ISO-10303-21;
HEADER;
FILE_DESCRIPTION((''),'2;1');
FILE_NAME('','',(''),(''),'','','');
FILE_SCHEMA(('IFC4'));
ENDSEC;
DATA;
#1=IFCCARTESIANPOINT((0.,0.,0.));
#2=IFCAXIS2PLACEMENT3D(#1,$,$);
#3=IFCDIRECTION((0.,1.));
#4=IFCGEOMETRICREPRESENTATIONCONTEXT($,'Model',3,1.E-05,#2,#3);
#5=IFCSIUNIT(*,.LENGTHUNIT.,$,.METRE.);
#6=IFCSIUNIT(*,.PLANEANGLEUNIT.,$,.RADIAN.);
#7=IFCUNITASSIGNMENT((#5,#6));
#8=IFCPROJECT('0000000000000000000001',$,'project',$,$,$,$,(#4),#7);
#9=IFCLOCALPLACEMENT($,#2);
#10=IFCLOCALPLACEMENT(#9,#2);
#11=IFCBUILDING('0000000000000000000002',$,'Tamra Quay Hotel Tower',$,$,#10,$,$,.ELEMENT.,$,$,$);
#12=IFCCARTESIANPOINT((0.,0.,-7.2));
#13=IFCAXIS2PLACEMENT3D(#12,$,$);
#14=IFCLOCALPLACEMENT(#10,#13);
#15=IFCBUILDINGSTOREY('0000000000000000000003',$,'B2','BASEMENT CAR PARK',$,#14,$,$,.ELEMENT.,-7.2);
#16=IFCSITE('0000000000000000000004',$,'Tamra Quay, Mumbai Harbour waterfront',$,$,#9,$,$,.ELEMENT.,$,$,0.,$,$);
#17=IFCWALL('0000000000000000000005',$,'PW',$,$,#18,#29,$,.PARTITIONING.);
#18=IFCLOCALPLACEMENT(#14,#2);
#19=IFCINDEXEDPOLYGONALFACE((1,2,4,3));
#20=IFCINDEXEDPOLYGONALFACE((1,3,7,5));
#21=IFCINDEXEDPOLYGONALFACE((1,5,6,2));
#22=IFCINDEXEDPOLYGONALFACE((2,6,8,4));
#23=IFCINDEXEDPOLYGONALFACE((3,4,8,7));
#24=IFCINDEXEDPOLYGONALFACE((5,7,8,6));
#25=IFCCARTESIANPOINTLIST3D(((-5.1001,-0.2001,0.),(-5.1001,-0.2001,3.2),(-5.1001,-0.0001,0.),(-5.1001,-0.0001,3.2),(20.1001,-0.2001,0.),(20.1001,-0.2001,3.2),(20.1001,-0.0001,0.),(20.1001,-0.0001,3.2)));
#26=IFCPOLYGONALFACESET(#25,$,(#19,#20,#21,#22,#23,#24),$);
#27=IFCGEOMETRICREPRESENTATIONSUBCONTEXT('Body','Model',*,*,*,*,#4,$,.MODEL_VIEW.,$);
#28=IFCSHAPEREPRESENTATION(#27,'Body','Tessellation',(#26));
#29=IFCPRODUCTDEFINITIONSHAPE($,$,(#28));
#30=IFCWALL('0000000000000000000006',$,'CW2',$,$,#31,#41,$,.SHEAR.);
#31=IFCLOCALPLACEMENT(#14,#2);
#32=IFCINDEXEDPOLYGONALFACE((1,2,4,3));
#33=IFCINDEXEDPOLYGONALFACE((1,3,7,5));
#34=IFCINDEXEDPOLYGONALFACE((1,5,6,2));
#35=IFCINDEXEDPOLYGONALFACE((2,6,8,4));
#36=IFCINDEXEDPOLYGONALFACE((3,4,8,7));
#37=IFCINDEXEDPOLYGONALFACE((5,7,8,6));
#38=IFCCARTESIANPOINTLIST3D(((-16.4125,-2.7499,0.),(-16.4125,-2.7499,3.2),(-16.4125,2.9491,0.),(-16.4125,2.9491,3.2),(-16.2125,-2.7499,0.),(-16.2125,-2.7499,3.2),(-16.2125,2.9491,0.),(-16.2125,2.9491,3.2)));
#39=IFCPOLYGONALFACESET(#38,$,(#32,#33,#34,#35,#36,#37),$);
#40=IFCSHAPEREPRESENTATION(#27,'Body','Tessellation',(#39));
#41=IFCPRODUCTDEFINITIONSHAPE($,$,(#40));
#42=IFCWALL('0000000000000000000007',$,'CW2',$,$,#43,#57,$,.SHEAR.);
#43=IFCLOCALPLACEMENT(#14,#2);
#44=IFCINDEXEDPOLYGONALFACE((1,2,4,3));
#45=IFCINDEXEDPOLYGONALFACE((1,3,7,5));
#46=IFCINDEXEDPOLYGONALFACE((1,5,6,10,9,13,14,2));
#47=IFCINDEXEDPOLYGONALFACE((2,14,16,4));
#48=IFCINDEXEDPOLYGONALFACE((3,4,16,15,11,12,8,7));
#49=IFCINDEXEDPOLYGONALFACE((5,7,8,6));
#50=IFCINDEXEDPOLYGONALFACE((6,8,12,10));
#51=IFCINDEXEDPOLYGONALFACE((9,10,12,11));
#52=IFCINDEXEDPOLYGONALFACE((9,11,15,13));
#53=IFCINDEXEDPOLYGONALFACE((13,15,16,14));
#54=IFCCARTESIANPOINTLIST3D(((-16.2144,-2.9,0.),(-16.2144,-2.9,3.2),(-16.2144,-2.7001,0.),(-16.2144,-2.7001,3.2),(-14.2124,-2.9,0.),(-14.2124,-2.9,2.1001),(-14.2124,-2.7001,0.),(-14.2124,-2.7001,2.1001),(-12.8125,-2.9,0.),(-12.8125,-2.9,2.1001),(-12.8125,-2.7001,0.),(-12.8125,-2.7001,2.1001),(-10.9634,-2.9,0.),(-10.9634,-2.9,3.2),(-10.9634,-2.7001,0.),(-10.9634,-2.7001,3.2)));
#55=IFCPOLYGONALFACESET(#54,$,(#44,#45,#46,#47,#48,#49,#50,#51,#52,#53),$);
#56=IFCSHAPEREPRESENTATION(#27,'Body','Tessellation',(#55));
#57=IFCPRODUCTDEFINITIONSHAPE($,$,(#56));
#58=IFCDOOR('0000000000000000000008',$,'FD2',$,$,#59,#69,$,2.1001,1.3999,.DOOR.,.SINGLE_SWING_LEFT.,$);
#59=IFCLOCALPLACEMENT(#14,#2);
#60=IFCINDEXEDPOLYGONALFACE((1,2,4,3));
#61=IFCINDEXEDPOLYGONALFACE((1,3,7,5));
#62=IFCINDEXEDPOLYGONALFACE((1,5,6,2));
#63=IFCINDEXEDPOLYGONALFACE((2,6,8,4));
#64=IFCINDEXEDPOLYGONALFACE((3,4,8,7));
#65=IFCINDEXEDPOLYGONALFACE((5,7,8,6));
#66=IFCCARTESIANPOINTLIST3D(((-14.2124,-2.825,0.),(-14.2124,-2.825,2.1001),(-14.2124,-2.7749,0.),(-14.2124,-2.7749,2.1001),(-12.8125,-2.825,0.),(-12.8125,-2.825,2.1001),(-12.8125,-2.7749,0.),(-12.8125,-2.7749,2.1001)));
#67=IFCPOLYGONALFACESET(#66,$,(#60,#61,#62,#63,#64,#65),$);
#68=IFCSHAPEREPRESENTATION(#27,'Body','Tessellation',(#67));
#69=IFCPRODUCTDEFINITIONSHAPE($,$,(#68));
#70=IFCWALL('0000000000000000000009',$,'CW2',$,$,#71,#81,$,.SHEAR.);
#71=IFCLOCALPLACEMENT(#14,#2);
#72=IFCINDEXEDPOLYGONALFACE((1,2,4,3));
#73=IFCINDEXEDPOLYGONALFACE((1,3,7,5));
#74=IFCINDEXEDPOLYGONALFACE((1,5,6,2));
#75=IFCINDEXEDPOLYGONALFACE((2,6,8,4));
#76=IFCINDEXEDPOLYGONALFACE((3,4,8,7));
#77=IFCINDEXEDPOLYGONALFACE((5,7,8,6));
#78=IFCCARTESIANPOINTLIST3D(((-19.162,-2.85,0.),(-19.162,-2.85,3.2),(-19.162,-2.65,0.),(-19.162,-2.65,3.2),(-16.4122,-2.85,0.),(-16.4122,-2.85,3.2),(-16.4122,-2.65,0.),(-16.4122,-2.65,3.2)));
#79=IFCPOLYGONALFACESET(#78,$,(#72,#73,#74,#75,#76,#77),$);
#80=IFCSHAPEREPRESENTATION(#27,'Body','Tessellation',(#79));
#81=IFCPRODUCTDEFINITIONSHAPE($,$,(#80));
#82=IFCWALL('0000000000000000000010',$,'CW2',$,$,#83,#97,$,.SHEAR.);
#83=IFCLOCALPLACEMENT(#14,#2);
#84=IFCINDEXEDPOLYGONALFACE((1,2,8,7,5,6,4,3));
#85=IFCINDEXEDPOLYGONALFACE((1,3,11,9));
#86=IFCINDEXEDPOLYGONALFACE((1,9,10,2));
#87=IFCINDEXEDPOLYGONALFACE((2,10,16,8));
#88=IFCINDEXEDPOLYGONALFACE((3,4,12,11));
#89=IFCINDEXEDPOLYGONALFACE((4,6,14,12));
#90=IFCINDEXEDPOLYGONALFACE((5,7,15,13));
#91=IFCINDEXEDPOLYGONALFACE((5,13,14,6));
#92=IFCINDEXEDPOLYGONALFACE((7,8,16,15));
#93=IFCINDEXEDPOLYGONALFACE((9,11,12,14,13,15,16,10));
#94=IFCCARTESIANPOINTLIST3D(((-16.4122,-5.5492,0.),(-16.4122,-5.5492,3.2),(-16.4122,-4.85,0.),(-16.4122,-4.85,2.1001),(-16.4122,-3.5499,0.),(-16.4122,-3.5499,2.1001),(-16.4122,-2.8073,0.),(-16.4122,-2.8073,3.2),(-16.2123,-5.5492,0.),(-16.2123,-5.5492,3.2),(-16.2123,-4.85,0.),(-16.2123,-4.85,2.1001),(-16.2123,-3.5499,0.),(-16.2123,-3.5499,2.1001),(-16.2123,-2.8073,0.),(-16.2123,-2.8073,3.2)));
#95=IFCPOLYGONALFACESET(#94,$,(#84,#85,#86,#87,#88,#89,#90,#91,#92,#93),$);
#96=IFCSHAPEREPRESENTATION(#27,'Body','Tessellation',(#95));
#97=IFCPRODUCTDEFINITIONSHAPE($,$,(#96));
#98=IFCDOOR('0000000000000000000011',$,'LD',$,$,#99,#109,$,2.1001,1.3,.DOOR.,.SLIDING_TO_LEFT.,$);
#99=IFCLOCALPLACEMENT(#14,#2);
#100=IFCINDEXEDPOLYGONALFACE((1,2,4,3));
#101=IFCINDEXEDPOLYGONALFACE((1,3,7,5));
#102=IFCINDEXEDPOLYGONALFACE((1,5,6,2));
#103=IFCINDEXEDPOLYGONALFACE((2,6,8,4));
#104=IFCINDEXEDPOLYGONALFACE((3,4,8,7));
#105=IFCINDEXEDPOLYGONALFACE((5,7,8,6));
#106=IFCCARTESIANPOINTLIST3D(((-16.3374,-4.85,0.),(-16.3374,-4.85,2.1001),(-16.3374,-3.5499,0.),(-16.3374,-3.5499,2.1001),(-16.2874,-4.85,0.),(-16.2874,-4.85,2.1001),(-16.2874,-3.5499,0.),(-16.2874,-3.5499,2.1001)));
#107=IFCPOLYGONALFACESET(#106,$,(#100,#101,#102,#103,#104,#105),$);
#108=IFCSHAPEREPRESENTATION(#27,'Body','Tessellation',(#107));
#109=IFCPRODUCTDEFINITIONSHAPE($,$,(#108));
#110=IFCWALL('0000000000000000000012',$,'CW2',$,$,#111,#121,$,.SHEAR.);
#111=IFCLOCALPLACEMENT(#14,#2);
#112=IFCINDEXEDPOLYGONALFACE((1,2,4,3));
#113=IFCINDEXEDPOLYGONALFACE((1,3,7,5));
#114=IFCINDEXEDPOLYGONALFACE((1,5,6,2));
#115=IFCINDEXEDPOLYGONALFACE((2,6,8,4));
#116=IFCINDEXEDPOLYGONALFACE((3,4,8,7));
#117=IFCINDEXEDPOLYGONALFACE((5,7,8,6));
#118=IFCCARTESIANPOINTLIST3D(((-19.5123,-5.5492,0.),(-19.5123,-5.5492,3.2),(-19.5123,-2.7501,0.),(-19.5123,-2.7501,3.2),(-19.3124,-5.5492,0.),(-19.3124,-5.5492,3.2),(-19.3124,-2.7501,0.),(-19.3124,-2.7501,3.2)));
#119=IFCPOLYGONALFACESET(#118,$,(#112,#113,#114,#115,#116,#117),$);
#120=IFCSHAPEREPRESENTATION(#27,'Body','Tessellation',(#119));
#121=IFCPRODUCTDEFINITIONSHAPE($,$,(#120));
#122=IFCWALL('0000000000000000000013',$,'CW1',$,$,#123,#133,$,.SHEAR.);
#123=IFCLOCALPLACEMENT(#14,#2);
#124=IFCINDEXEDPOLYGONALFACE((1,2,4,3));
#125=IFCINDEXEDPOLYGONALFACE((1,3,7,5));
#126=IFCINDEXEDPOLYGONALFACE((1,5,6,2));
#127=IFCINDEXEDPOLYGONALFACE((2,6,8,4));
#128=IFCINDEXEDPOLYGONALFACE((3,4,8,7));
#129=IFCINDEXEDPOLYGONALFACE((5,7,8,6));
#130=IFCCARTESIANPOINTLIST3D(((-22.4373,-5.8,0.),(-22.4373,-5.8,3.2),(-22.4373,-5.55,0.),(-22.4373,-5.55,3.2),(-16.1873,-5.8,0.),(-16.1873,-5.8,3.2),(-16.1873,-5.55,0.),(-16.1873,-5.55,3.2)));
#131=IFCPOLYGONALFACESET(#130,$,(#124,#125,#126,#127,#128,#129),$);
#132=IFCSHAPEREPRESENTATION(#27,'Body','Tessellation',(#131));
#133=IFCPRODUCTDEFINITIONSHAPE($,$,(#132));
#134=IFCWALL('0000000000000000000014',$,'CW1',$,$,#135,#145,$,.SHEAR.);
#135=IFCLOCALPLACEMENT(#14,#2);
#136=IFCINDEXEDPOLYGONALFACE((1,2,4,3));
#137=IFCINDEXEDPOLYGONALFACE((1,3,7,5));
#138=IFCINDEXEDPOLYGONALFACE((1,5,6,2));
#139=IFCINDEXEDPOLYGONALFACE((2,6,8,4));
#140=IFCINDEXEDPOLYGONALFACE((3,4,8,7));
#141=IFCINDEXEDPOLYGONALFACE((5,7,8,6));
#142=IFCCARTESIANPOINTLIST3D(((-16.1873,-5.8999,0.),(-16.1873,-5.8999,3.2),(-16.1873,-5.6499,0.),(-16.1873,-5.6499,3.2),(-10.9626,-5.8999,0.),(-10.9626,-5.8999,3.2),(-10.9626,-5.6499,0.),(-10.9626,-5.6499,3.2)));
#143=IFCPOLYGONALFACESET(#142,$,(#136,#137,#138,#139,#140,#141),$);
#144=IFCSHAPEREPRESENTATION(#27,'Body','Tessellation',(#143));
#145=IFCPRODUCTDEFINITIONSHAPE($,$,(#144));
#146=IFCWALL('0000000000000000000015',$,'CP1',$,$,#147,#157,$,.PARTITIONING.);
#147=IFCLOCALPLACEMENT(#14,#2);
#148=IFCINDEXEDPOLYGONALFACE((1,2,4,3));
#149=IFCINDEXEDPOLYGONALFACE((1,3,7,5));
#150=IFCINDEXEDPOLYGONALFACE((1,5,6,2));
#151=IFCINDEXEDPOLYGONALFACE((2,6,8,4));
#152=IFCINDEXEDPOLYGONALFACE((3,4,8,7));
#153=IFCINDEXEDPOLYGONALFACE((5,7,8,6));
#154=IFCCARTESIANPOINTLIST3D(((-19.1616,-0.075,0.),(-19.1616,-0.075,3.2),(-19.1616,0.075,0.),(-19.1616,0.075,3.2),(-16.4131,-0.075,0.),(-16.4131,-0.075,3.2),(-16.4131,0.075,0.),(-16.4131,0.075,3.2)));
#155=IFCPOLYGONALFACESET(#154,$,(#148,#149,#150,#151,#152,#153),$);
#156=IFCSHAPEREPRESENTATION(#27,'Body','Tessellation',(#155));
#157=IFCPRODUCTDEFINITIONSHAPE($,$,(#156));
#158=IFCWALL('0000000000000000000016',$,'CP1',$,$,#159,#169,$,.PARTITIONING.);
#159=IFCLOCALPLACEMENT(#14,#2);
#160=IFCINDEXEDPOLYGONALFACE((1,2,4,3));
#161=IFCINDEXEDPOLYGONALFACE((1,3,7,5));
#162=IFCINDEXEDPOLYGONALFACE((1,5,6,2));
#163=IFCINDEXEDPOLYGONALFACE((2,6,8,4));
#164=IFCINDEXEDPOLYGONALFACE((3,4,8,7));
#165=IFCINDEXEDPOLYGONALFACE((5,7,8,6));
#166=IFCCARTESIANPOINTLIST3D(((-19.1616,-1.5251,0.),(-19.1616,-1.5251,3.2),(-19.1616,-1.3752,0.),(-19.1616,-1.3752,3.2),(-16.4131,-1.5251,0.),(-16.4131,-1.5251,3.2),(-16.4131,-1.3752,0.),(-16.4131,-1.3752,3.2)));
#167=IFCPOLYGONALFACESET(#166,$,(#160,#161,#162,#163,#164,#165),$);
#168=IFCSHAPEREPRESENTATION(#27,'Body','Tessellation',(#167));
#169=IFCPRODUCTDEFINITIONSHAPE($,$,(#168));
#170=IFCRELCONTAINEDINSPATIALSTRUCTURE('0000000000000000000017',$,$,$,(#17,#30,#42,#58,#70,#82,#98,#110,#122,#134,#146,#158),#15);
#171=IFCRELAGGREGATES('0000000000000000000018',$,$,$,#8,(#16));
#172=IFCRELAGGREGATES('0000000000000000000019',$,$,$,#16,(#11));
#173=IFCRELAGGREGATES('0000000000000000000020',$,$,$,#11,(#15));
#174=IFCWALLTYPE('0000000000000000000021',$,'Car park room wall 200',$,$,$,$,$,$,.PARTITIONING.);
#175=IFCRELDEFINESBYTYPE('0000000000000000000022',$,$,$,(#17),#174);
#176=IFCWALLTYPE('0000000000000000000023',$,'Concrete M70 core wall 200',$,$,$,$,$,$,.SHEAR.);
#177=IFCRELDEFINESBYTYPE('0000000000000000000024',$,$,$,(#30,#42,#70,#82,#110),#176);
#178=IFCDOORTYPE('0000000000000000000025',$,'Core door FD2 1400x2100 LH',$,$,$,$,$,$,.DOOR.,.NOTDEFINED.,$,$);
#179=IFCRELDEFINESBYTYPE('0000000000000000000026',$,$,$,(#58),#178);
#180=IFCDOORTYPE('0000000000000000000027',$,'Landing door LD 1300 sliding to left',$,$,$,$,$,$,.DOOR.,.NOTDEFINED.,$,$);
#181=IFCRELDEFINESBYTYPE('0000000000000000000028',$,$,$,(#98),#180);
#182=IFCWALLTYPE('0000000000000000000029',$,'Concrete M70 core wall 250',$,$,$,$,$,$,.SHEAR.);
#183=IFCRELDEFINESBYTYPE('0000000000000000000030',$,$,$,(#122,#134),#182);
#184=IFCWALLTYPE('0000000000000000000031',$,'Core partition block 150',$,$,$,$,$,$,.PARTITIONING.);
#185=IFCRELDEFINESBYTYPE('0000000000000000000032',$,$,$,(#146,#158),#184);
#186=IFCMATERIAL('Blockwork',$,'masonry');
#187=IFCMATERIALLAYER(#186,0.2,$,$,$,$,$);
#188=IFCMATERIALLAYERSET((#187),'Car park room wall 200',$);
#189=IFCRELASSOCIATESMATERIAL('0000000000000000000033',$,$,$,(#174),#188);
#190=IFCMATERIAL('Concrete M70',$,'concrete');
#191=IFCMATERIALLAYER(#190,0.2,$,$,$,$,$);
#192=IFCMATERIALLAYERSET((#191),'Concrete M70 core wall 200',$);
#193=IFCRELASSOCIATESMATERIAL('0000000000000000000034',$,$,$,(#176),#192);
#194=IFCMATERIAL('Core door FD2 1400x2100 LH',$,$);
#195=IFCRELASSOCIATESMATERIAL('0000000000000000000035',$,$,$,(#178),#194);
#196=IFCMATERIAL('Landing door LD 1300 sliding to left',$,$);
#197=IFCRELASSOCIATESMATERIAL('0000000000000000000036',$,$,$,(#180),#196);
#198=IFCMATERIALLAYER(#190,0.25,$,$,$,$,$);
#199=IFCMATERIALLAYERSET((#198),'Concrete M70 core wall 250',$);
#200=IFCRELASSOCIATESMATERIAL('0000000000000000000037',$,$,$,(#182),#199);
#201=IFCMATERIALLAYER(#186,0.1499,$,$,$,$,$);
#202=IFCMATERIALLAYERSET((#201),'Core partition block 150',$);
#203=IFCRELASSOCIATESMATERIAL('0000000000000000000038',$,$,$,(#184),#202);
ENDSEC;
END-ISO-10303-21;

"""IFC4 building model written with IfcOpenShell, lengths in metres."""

from ifc_helpers import new_model, si_unit, direction, frame, frame_2d, origin, place, context, subcontext, project, spatial, rectangle, extrude, material, layer, layer_set, type_object, element, fill, save


model = new_model("IFC4")

# Units and contexts
model_context = context("Model", 3, precision=1e-05, world=origin(), true_north=direction((0.0, 1.0)))
body_context = subcontext(model_context, "Body", "Model", "MODEL_VIEW")
ifc_project = project(units=[si_unit("LENGTHUNIT", "METRE"), si_unit("PLANEANGLEUNIT", "RADIAN")], contexts=[model_context])

# Site, building, storey
site_placement = place(None, origin())
site = spatial("IfcSite", under=ifc_project, at=site_placement, Name="Tamra Quay, Mumbai Harbour waterfront", CompositionType="ELEMENT", RefElevation=0.0)
building_placement = place(site_placement, origin())
building = spatial("IfcBuilding", under=site, at=building_placement, Name="Tamra Quay Hotel Tower", CompositionType="ELEMENT")
storey_placement = place(building_placement, frame((0.0, 0.0, -7.2)))
storey = spatial("IfcBuildingStorey", under=building, at=storey_placement, Name="B2", Description="BASEMENT CAR PARK", CompositionType="ELEMENT", Elevation=-7.2)

# Shared definitions
ifc_material_1 = material(Name="Concrete M70", Category="concrete")

# Shared definitions
ifc_material_2 = material(Name="Blockwork", Category="masonry")
ifc_layer_1 = layer(ifc_material_2, 0.2)
ifc_layer_set_1 = layer_set([ifc_layer_1], Name="Car park room wall 200")
wall_type_1 = type_object("IfcWallType", Name="Car park room wall 200", PredefinedType="PARTITIONING", material=ifc_layer_set_1)

# Walls
wall_1_placement = place(storey_placement, frame((-5.1001, -0.1001, 0.0), z_axis=(0.0, 0.0, 1.0), x_axis=(1.0, 0.0, 0.0)))
element("IfcWall", 1, at=wall_1_placement, inside=storey, type_object=wall_type_1, Name="PW", PredefinedType="PARTITIONING", context=body_context, shape_type="SweptSolid", body=[
    extrude(rectangle(XDim=25.2002, YDim=0.2, at=frame_2d((12.6001, 0.0))), origin(), (0.0, 0.0, 1.0), 3.2),
])
ifc_layer_2 = layer(ifc_material_1, 0.2)
ifc_layer_set_2 = layer_set([ifc_layer_2], Name="Concrete M70 core wall 200")
wall_type_2 = type_object("IfcWallType", Name="Concrete M70 core wall 200", PredefinedType="SHEAR", material=ifc_layer_set_2)
wall_2_placement = place(storey_placement, frame((-16.3125, -2.75, 0.0), z_axis=(0.0, 0.0, 1.0), x_axis=(0.0, 1.0, 0.0)))
element("IfcWall", 2, at=wall_2_placement, inside=storey, type_object=wall_type_2, Name="CW2", PredefinedType="SHEAR", context=body_context, shape_type="SweptSolid", body=[
    extrude(rectangle(XDim=5.699, YDim=0.2, at=frame_2d((2.8496, 0.0))), origin(), (0.0, 0.0, 1.0), 3.2),
])

# Wall, opening, door
wall_3_placement = place(storey_placement, frame((-10.9634, -2.8, 0.0), z_axis=(0.0, 0.0, 1.0), x_axis=(-1.0, 0.0, 0.0)))
wall_3 = element("IfcWall", 3, at=wall_3_placement, inside=storey, type_object=wall_type_2, Name="CW2", PredefinedType="SHEAR", context=body_context, shape_type="SweptSolid", body=[
    extrude(rectangle(XDim=5.251, YDim=0.2, at=frame_2d((2.6255, 0.0))), origin(), (0.0, 0.0, 1.0), 3.2),
])
opening_1_placement = place(wall_3_placement, frame((1.8491, 0.0, 0.0)))
opening_1 = element("IfcOpeningElement", 4, at=opening_1_placement, cuts=wall_3, PredefinedType="OPENING", context=body_context, shape_type="SweptSolid", body=[
    extrude(rectangle(XDim=1.3999, YDim=2.1001, at=frame_2d((0.7, 1.05))), frame((0.0, 0.1099, 0.0), z_axis=(0.0, -1.0, 0.0), x_axis=(1.0, 0.0, 0.0)), (0.0, 0.0, 1.0), 0.22),
])
ifc_material_3 = material(Name="Core door FD2 1400x2100 LH")
door_type_1 = type_object("IfcDoorType", Name="Core door FD2 1400x2100 LH", OperationType="NOTDEFINED", PredefinedType="DOOR", material=ifc_material_3)
door_1_placement = place(opening_1_placement, origin())
door_1 = element("IfcDoor", 5, at=door_1_placement, inside=storey, type_object=door_type_1, Name="FD2", OperationType="SINGLE_SWING_LEFT", OverallHeight=2.1001, OverallWidth=1.3999, PredefinedType="DOOR", context=body_context, shape_type="SweptSolid", body=[
    extrude(rectangle(XDim=1.3999, YDim=2.1001, at=frame_2d((0.7, 1.05))), frame((0.0, 0.0249, 0.0), z_axis=(0.0, -1.0, 0.0), x_axis=(1.0, 0.0, 0.0)), (0.0, 0.0, 1.0), 0.05),
])
fill(opening_1, door_1)

# Wall
wall_4_placement = place(storey_placement, frame((-19.1621, -2.75, 0.0), z_axis=(0.0, 0.0, 1.0), x_axis=(1.0, 0.0, 0.0)))
element("IfcWall", 6, at=wall_4_placement, inside=storey, type_object=wall_type_2, Name="CW2", PredefinedType="SHEAR", context=body_context, shape_type="SweptSolid", body=[
    extrude(rectangle(XDim=2.7498, YDim=0.2, at=frame_2d((1.375, 0.0))), origin(), (0.0, 0.0, 1.0), 3.2),
])

# Wall, opening, door
wall_5_placement = place(storey_placement, frame((-16.3123, -2.8071, 0.0), z_axis=(0.0, 0.0, 1.0), x_axis=(0.0, -1.0, 0.0)))
wall_5 = element("IfcWall", 7, at=wall_5_placement, inside=storey, type_object=wall_type_2, Name="CW2", PredefinedType="SHEAR", context=body_context, shape_type="SweptSolid", body=[
    extrude(rectangle(XDim=2.7419, YDim=0.2, at=frame_2d((1.3711, 0.0))), origin(), (0.0, 0.0, 1.0), 3.2),
])
opening_2_placement = place(wall_5_placement, frame((0.7429, 0.0, 0.0)))
opening_2 = element("IfcOpeningElement", 8, at=opening_2_placement, cuts=wall_5, PredefinedType="OPENING", context=body_context, shape_type="SweptSolid", body=[
    extrude(rectangle(XDim=1.3, YDim=2.1001, at=frame_2d((0.6499, 1.05))), frame((0.0, 0.1099, 0.0), z_axis=(0.0, -1.0, 0.0), x_axis=(1.0, 0.0, 0.0)), (0.0, 0.0, 1.0), 0.22),
])
ifc_material_4 = material(Name="Landing door LD 1300 sliding to left")
door_type_2 = type_object("IfcDoorType", Name="Landing door LD 1300 sliding to left", OperationType="NOTDEFINED", PredefinedType="DOOR", material=ifc_material_4)
door_2_placement = place(opening_2_placement, origin())
door_2 = element("IfcDoor", 9, at=door_2_placement, inside=storey, type_object=door_type_2, Name="LD", OperationType="SLIDING_TO_LEFT", OverallHeight=2.1001, OverallWidth=1.3, PredefinedType="DOOR", context=body_context, shape_type="SweptSolid", body=[
    extrude(rectangle(XDim=1.3, YDim=2.1001, at=frame_2d((0.6499, 1.05))), frame((0.0, 0.0249, 0.0), z_axis=(0.0, -1.0, 0.0), x_axis=(1.0, 0.0, 0.0)), (0.0, 0.0, 1.0), 0.05),
])
fill(opening_2, door_2)

# Walls
wall_6_placement = place(storey_placement, frame((-19.4124, -5.5491, 0.0), z_axis=(0.0, 0.0, 1.0), x_axis=(0.0, 1.0, 0.0)))
element("IfcWall", 10, at=wall_6_placement, inside=storey, type_object=wall_type_2, Name="CW2", PredefinedType="SHEAR", context=body_context, shape_type="SweptSolid", body=[
    extrude(rectangle(XDim=2.7991, YDim=0.2, at=frame_2d((1.3994, 0.0))), origin(), (0.0, 0.0, 1.0), 3.2),
])
ifc_layer_3 = layer(ifc_material_1, 0.25)
ifc_layer_set_3 = layer_set([ifc_layer_3], Name="Concrete M70 core wall 250")
wall_type_3 = type_object("IfcWallType", Name="Concrete M70 core wall 250", PredefinedType="SHEAR", material=ifc_layer_set_3)
wall_7_placement = place(storey_placement, frame((-16.1873, -5.675, 0.0), z_axis=(0.0, 0.0, 1.0), x_axis=(-1.0, 0.0, 0.0)))
element("IfcWall", 11, at=wall_7_placement, inside=storey, type_object=wall_type_3, Name="CW1", PredefinedType="SHEAR", context=body_context, shape_type="SweptSolid", body=[
    extrude(rectangle(XDim=6.25, YDim=0.25, at=frame_2d((3.125, 0.0))), origin(), (0.0, 0.0, 1.0), 3.2),
])
wall_8_placement = place(storey_placement, frame((-10.9626, -5.7749, 0.0), z_axis=(0.0, 0.0, 1.0), x_axis=(-1.0, 0.0, 0.0)))
element("IfcWall", 12, at=wall_8_placement, inside=storey, type_object=wall_type_3, Name="CW1", PredefinedType="SHEAR", context=body_context, shape_type="SweptSolid", body=[
    extrude(rectangle(XDim=5.2246, YDim=0.25, at=frame_2d((2.6123, 0.0))), origin(), (0.0, 0.0, 1.0), 3.2),
])
ifc_layer_4 = layer(ifc_material_2, 0.1499)
ifc_layer_set_4 = layer_set([ifc_layer_4], Name="Core partition block 150")
wall_type_4 = type_object("IfcWallType", Name="Core partition block 150", PredefinedType="PARTITIONING", material=ifc_layer_set_4)
for number, where, z_axis, x_axis, name in (
    (13, (-16.4131, 0.0, 0.0), (0.0, 0.0, 1.0), (-1.0, 0.0, 0.0), "CP1"),
    (14, (-16.4131, -1.4502, 0.0), (0.0, 0.0, 1.0), (-1.0, 0.0, 0.0), "CP1"),
):
    element("IfcWall", number, at=place(storey_placement, frame(where, z_axis=z_axis, x_axis=x_axis)), inside=storey, type_object=wall_type_4, Name=name, PredefinedType="PARTITIONING", context=body_context, shape_type="SweptSolid", body=[
        extrude(rectangle(XDim=2.7485, YDim=0.1499, at=frame_2d((1.3743, 0.0))), origin(), (0.0, 0.0, 1.0), 3.2),
    ])

save(model, "model.ifc")
